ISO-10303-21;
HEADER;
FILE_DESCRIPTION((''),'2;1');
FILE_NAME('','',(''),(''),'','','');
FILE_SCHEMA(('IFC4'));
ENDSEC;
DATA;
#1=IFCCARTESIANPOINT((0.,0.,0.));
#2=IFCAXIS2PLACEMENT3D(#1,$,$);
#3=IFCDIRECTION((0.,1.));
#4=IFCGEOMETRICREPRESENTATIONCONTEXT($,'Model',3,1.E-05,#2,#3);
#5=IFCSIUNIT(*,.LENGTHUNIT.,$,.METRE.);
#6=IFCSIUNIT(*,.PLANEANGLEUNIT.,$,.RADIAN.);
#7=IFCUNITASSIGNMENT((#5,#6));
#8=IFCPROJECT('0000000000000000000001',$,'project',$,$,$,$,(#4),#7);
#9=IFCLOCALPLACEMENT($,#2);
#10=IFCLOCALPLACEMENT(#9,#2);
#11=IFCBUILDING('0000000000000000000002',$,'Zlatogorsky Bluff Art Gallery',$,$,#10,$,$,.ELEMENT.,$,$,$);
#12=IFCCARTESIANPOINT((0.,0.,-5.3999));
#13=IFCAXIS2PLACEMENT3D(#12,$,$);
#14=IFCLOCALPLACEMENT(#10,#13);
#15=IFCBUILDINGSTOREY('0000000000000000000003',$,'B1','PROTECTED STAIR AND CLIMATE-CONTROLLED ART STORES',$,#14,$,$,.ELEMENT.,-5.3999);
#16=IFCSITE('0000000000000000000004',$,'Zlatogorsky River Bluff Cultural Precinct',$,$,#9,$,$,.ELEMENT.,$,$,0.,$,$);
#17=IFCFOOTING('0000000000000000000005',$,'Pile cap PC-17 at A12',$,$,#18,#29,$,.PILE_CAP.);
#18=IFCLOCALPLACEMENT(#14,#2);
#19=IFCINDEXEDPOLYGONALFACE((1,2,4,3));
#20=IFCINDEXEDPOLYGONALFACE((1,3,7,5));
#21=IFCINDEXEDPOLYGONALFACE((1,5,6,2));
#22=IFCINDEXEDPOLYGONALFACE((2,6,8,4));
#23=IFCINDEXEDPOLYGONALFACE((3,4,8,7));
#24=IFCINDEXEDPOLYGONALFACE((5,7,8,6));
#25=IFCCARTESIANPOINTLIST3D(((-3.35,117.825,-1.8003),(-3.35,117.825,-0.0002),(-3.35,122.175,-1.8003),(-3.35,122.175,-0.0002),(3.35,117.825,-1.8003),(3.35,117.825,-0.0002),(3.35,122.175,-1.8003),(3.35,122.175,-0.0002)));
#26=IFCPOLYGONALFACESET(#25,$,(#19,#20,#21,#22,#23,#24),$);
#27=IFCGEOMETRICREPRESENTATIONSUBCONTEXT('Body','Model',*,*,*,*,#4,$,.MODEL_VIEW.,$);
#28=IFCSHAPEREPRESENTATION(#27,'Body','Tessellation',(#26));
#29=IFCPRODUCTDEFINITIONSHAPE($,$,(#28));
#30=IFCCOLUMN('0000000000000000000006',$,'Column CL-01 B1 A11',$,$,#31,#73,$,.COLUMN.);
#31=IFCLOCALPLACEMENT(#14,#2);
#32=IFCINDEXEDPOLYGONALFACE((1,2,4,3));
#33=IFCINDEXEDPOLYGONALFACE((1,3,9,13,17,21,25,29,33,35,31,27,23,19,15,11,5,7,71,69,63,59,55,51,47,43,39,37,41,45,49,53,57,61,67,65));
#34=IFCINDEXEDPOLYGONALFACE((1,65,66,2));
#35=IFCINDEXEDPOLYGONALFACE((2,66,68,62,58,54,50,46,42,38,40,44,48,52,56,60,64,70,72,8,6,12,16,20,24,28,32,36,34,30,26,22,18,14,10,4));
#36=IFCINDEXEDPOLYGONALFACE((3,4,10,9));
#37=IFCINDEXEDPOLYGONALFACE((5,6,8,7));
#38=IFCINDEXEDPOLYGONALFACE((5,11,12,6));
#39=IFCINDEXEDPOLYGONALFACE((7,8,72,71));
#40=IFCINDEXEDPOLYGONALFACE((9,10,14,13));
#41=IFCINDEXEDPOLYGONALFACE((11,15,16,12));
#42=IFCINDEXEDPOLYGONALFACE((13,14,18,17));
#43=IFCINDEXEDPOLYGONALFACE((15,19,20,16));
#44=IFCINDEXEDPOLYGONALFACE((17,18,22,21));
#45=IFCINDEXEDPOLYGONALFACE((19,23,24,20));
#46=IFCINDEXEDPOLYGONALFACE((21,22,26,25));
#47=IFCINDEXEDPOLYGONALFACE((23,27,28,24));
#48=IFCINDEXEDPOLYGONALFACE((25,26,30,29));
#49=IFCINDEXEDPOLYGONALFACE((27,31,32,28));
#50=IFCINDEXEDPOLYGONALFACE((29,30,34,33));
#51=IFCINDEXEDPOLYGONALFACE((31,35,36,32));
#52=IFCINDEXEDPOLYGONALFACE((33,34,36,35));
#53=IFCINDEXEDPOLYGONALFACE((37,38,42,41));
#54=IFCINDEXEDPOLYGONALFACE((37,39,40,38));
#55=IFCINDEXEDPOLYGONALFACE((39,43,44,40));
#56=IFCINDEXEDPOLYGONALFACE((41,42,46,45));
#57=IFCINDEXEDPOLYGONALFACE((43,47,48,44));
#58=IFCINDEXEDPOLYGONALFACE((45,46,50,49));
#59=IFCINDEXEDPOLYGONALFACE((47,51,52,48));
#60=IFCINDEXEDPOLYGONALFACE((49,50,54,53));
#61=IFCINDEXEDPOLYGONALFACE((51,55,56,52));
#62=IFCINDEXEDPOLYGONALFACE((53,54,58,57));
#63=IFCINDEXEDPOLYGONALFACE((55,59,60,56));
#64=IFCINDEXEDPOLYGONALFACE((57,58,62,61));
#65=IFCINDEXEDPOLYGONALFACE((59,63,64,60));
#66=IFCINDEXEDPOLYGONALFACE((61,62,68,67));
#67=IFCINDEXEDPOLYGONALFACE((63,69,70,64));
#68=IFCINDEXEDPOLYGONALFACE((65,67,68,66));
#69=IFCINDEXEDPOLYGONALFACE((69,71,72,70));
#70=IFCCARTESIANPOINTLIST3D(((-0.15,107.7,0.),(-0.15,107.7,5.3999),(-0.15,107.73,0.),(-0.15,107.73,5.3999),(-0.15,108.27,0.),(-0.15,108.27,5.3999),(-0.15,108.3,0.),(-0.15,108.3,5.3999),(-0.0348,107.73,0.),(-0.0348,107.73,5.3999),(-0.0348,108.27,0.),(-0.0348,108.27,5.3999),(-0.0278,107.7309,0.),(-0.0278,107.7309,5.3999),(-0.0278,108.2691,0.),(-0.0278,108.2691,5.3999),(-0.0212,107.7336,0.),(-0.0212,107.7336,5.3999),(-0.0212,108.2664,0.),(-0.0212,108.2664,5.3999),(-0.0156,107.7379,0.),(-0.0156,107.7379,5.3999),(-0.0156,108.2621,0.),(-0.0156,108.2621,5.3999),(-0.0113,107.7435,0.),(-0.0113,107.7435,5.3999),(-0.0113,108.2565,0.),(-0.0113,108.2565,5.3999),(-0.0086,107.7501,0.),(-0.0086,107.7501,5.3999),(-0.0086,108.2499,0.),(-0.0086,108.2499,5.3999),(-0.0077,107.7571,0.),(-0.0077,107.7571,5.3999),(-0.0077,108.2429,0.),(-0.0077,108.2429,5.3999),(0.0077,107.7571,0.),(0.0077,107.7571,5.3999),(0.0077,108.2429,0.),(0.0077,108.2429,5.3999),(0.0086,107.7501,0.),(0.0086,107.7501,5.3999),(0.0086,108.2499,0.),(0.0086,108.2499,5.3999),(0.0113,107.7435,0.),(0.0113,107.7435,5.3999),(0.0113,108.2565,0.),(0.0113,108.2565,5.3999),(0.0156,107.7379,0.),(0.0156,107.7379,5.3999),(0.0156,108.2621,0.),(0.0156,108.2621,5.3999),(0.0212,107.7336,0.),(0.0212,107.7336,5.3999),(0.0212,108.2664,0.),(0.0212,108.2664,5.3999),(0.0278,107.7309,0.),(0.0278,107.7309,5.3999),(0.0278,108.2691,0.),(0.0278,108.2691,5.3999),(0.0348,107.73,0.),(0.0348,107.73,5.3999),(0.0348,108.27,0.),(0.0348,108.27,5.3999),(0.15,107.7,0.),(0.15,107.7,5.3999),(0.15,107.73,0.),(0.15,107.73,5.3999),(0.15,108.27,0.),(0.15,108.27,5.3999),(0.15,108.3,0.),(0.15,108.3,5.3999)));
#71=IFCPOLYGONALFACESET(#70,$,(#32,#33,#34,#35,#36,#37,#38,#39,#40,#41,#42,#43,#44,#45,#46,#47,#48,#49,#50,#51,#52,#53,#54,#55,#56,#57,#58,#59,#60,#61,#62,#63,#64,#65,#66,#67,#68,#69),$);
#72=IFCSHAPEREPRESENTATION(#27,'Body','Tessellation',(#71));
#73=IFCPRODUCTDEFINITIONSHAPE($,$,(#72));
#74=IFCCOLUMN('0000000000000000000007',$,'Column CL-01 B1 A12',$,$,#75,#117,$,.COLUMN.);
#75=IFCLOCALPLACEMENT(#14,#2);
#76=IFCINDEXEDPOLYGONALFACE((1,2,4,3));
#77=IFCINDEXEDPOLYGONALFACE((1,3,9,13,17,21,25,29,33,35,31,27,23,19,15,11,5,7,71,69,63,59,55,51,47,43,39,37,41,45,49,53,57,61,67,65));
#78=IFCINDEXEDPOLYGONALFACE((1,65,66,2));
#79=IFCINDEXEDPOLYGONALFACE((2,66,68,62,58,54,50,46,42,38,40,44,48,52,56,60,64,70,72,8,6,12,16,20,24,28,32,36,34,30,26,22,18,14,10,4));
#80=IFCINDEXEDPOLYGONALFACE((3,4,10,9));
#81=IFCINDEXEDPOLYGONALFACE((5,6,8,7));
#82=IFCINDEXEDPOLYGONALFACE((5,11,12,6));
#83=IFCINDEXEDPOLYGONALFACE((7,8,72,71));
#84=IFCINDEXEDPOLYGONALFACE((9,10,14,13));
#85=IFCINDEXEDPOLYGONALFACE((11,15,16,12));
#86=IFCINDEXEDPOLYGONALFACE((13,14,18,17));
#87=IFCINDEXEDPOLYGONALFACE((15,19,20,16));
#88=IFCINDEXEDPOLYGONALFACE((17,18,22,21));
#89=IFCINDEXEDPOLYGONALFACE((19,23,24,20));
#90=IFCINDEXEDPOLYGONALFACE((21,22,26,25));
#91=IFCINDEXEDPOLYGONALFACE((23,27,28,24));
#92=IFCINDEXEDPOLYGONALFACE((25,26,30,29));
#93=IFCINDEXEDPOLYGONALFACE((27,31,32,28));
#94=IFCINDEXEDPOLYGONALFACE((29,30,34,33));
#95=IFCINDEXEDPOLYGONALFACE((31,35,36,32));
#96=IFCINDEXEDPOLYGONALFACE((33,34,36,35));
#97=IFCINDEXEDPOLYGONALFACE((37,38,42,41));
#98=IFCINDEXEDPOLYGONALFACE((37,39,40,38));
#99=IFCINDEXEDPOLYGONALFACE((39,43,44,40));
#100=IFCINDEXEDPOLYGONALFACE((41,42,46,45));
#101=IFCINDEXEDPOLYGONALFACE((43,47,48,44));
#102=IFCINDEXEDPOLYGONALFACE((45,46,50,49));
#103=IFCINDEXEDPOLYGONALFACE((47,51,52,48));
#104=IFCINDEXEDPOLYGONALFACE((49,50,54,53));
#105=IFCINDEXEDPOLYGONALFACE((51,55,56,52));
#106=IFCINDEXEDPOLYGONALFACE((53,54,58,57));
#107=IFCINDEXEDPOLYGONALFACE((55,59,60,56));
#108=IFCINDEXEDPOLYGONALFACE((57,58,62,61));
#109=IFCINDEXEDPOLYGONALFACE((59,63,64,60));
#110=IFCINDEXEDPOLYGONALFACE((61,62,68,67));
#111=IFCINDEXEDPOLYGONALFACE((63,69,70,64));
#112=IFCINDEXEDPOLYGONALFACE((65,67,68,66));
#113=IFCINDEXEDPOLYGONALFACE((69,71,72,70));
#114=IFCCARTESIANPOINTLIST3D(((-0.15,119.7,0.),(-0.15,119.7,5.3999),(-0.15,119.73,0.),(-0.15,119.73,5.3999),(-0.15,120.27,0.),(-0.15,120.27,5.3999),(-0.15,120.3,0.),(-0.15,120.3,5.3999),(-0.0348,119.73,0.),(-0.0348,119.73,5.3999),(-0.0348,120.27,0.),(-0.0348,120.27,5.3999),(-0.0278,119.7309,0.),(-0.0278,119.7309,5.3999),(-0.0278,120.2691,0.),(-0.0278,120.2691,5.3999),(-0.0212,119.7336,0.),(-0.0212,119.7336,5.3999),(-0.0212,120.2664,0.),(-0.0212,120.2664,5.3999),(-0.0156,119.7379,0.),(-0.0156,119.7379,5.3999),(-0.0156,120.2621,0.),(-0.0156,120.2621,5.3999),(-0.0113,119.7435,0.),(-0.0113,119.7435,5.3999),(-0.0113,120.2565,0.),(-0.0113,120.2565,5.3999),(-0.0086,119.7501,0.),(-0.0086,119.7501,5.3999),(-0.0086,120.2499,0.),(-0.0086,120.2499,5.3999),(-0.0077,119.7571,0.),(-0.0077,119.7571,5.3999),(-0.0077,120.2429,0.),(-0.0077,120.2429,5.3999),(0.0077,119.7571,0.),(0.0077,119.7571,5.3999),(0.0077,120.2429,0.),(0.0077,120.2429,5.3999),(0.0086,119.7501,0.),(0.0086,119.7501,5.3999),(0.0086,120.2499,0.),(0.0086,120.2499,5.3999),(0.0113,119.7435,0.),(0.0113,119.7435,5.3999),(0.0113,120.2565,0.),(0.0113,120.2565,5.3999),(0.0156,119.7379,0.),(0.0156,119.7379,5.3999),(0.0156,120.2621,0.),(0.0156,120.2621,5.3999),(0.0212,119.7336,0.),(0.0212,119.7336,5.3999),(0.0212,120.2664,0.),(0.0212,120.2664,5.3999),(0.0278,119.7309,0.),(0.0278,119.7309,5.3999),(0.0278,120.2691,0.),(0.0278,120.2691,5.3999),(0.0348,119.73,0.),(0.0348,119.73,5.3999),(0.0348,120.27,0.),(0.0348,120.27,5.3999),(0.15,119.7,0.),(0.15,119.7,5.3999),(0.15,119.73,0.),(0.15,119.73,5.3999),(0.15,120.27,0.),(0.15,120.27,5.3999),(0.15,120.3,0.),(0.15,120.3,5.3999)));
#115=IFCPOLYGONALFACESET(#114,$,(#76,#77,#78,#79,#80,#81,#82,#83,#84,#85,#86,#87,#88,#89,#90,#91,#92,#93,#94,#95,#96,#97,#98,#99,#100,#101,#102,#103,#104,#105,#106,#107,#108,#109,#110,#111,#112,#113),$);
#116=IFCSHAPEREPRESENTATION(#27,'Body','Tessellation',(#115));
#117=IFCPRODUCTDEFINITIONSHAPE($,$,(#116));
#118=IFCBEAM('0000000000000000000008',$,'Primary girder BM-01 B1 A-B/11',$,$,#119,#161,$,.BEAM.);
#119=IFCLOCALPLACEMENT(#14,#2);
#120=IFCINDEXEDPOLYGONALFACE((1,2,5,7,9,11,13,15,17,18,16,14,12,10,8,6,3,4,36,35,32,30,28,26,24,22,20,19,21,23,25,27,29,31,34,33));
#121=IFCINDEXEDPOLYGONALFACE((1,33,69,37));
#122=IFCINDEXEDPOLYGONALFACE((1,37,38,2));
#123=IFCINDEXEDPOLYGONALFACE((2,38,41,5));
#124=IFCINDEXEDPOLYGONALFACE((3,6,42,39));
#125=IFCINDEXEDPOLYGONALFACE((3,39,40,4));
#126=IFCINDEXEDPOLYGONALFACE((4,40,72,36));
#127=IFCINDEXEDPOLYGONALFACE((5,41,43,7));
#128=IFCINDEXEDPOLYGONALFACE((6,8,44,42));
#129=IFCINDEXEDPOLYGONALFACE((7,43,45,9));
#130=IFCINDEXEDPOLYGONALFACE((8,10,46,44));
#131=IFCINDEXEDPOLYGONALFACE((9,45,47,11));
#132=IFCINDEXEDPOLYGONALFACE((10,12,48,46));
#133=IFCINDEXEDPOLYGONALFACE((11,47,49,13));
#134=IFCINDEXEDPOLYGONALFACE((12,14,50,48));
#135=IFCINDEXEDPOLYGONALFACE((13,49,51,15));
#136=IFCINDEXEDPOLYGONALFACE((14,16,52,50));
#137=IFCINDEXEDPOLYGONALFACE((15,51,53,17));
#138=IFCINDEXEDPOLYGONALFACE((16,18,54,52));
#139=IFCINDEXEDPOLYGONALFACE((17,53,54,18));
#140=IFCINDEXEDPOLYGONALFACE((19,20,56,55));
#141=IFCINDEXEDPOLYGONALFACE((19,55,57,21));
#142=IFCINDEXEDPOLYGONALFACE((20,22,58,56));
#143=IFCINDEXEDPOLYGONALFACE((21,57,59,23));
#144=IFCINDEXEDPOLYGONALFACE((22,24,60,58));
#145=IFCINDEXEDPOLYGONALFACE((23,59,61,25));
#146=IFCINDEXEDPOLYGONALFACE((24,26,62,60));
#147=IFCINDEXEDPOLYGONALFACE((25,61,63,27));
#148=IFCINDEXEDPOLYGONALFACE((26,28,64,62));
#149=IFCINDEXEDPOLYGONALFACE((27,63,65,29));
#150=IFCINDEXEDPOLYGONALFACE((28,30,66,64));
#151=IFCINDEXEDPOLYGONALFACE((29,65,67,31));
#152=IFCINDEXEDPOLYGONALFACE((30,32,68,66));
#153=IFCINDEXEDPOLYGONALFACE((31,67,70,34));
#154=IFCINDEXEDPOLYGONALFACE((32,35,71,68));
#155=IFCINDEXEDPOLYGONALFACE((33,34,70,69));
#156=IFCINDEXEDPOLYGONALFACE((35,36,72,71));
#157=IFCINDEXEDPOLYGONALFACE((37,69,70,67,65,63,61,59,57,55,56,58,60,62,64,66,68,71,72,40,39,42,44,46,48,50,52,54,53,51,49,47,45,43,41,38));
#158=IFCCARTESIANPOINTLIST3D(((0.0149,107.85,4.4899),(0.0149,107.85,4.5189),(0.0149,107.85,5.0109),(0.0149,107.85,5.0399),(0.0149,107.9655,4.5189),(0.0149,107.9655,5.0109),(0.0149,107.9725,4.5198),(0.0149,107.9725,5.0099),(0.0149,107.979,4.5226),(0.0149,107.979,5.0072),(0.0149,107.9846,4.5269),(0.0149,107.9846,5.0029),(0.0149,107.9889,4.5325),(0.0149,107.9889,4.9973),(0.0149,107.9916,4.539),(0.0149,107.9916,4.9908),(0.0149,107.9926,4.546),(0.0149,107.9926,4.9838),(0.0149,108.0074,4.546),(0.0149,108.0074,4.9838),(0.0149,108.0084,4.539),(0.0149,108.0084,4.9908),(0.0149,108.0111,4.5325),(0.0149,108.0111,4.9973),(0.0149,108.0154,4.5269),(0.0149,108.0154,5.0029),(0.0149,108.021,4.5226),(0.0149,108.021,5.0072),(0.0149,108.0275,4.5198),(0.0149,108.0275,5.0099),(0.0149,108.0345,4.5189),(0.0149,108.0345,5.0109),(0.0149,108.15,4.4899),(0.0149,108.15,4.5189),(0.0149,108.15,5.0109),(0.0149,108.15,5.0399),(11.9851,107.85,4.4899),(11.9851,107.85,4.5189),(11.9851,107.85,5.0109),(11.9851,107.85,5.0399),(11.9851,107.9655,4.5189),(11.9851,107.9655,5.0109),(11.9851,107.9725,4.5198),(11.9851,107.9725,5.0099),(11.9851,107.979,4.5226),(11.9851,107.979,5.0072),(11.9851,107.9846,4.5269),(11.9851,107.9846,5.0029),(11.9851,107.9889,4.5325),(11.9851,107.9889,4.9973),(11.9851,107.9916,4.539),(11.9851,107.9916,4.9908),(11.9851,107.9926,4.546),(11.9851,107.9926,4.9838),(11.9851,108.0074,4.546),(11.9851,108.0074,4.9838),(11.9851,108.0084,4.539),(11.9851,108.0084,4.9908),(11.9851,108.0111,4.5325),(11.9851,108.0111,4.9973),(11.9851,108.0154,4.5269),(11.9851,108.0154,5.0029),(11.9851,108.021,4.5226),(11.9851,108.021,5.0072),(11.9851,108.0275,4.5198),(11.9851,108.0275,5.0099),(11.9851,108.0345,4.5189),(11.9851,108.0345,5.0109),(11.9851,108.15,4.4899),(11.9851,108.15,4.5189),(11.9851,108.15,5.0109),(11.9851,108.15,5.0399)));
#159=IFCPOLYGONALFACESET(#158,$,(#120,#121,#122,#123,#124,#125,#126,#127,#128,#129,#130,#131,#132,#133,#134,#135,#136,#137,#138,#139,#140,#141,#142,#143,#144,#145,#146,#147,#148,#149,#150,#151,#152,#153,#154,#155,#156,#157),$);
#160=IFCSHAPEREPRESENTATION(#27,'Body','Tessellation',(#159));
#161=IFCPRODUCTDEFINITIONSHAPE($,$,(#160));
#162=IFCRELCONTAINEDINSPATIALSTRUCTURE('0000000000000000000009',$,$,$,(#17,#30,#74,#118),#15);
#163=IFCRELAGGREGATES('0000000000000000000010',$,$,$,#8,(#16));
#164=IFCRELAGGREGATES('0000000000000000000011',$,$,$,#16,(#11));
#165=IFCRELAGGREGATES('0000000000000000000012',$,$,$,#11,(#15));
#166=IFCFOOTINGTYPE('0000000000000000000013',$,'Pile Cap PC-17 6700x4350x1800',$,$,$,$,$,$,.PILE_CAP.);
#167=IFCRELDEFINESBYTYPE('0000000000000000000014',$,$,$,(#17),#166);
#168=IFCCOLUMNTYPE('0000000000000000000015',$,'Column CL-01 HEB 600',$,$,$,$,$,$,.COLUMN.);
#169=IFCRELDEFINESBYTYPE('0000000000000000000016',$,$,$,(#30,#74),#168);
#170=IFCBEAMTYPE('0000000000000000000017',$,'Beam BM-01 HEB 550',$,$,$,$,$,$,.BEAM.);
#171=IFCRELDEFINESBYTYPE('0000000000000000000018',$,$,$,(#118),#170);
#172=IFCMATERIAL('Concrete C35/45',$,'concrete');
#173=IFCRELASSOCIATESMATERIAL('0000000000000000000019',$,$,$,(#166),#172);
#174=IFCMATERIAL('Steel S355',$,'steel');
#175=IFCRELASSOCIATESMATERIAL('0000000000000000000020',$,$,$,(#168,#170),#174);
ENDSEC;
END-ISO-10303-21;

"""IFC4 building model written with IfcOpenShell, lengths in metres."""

from ifc_helpers import new_model, si_unit, direction, frame, origin, origin_2d, place, context, subcontext, project, spatial, rectangle, i_section, extrude, material, material_profile, profile_set, type_object, element, save


model = new_model("IFC4")

# Units and contexts
model_context = context("Model", 3, precision=1e-05, world=origin(), true_north=direction((0.0, 1.0)))
body_context = subcontext(model_context, "Body", "Model", "MODEL_VIEW")
ifc_project = project(units=[si_unit("LENGTHUNIT", "METRE"), si_unit("PLANEANGLEUNIT", "RADIAN")], contexts=[model_context])

# Site, building, storey
site_placement = place(None, origin())
site = spatial("IfcSite", under=ifc_project, at=site_placement, Name="Zlatogorsky River Bluff Cultural Precinct", CompositionType="ELEMENT", RefElevation=0.0)
building_placement = place(site_placement, origin())
building = spatial("IfcBuilding", under=site, at=building_placement, Name="Zlatogorsky Bluff Art Gallery", CompositionType="ELEMENT")
storey_placement = place(building_placement, frame((0.0, 0.0, -5.3999)))
storey = spatial("IfcBuildingStorey", under=building, at=storey_placement, Name="B1", Description="PROTECTED STAIR AND CLIMATE-CONTROLLED ART STORES", CompositionType="ELEMENT", Elevation=-5.3999)

# Shared definitions
ifc_material_1 = material(Name="Concrete C35/45", Category="concrete")

# Footing
footing_type_1 = type_object("IfcFootingType", Name="Pile Cap PC-17 6700x4350x1800", PredefinedType="PILE_CAP", material=ifc_material_1)
footing_1_placement = place(storey_placement, frame((0.0, 120.0, -1.8003), z_axis=(0.0, 0.0, 1.0), x_axis=(1.0, 0.0, 0.0)))
element("IfcFooting", 1, at=footing_1_placement, inside=storey, type_object=footing_type_1, Name="Pile cap PC-17 at A12", PredefinedType="PILE_CAP", context=body_context, shape_type="SweptSolid", body=[
    extrude(rectangle(XDim=6.7, YDim=4.3501, at=origin_2d()), origin(), (0.0, 0.0, 1.0), 1.8),
])

# Columns
ifc_material_2 = material(Name="Steel S355", Category="steel")
ifc_material_profile_1 = material_profile(ifc_material_2, i_section(OverallWidth=0.3, OverallDepth=0.6001, WebThickness=0.0154, FlangeThickness=0.03, FilletRadius=0.0271, at=origin_2d()), Name="HEB 600")
ifc_profile_set_1 = profile_set([ifc_material_profile_1], Name="Steel S355")
column_type = type_object("IfcColumnType", Name="Column CL-01 HEB 600", PredefinedType="COLUMN", material=ifc_profile_set_1)
for number, where, z_axis, x_axis, name in (
    (2, (0.0, 108.0, 0.0), (0.0, 0.0, 1.0), (1.0, 0.0, 0.0), "Column CL-01 B1 A11"),
    (3, (0.0, 120.0, 0.0), (0.0, 0.0, 1.0), (1.0, 0.0, 0.0), "Column CL-01 B1 A12"),
):
    element("IfcColumn", number, at=place(storey_placement, frame(where, z_axis=z_axis, x_axis=x_axis)), inside=storey, type_object=column_type, Name=name, PredefinedType="COLUMN", context=body_context, shape_type="SweptSolid", body=[
        extrude(i_section(OverallWidth=0.3, OverallDepth=0.6001, WebThickness=0.0154, FlangeThickness=0.03, FilletRadius=0.0271, at=origin_2d()), origin(), (0.0, 0.0, 1.0), 5.3999),
    ])

# Beam
ifc_material_profile_2 = material_profile(ifc_material_2, i_section(OverallWidth=0.3, OverallDepth=0.55, WebThickness=0.0149, FlangeThickness=0.0291, FilletRadius=0.0271, at=origin_2d()), Name="HEB 550")
ifc_profile_set_2 = profile_set([ifc_material_profile_2], Name="Steel S355")
beam_type_1 = type_object("IfcBeamType", Name="Beam BM-01 HEB 550", PredefinedType="BEAM", material=ifc_profile_set_2)
beam_1_placement = place(storey_placement, frame((0.0149, 108.0, 4.7649), z_axis=(1.0, 0.0, 0.0), x_axis=(0.0, 1.0, 0.0)))
element("IfcBeam", 4, at=beam_1_placement, inside=storey, type_object=beam_type_1, Name="Primary girder BM-01 B1 A-B/11", PredefinedType="BEAM", context=body_context, shape_type="SweptSolid", body=[
    extrude(i_section(OverallWidth=0.3, OverallDepth=0.55, WebThickness=0.0149, FlangeThickness=0.0291, FilletRadius=0.0271, at=origin_2d()), origin(), (0.0, 0.0, 1.0), 11.9702),
])

save(model, "model.ifc")
